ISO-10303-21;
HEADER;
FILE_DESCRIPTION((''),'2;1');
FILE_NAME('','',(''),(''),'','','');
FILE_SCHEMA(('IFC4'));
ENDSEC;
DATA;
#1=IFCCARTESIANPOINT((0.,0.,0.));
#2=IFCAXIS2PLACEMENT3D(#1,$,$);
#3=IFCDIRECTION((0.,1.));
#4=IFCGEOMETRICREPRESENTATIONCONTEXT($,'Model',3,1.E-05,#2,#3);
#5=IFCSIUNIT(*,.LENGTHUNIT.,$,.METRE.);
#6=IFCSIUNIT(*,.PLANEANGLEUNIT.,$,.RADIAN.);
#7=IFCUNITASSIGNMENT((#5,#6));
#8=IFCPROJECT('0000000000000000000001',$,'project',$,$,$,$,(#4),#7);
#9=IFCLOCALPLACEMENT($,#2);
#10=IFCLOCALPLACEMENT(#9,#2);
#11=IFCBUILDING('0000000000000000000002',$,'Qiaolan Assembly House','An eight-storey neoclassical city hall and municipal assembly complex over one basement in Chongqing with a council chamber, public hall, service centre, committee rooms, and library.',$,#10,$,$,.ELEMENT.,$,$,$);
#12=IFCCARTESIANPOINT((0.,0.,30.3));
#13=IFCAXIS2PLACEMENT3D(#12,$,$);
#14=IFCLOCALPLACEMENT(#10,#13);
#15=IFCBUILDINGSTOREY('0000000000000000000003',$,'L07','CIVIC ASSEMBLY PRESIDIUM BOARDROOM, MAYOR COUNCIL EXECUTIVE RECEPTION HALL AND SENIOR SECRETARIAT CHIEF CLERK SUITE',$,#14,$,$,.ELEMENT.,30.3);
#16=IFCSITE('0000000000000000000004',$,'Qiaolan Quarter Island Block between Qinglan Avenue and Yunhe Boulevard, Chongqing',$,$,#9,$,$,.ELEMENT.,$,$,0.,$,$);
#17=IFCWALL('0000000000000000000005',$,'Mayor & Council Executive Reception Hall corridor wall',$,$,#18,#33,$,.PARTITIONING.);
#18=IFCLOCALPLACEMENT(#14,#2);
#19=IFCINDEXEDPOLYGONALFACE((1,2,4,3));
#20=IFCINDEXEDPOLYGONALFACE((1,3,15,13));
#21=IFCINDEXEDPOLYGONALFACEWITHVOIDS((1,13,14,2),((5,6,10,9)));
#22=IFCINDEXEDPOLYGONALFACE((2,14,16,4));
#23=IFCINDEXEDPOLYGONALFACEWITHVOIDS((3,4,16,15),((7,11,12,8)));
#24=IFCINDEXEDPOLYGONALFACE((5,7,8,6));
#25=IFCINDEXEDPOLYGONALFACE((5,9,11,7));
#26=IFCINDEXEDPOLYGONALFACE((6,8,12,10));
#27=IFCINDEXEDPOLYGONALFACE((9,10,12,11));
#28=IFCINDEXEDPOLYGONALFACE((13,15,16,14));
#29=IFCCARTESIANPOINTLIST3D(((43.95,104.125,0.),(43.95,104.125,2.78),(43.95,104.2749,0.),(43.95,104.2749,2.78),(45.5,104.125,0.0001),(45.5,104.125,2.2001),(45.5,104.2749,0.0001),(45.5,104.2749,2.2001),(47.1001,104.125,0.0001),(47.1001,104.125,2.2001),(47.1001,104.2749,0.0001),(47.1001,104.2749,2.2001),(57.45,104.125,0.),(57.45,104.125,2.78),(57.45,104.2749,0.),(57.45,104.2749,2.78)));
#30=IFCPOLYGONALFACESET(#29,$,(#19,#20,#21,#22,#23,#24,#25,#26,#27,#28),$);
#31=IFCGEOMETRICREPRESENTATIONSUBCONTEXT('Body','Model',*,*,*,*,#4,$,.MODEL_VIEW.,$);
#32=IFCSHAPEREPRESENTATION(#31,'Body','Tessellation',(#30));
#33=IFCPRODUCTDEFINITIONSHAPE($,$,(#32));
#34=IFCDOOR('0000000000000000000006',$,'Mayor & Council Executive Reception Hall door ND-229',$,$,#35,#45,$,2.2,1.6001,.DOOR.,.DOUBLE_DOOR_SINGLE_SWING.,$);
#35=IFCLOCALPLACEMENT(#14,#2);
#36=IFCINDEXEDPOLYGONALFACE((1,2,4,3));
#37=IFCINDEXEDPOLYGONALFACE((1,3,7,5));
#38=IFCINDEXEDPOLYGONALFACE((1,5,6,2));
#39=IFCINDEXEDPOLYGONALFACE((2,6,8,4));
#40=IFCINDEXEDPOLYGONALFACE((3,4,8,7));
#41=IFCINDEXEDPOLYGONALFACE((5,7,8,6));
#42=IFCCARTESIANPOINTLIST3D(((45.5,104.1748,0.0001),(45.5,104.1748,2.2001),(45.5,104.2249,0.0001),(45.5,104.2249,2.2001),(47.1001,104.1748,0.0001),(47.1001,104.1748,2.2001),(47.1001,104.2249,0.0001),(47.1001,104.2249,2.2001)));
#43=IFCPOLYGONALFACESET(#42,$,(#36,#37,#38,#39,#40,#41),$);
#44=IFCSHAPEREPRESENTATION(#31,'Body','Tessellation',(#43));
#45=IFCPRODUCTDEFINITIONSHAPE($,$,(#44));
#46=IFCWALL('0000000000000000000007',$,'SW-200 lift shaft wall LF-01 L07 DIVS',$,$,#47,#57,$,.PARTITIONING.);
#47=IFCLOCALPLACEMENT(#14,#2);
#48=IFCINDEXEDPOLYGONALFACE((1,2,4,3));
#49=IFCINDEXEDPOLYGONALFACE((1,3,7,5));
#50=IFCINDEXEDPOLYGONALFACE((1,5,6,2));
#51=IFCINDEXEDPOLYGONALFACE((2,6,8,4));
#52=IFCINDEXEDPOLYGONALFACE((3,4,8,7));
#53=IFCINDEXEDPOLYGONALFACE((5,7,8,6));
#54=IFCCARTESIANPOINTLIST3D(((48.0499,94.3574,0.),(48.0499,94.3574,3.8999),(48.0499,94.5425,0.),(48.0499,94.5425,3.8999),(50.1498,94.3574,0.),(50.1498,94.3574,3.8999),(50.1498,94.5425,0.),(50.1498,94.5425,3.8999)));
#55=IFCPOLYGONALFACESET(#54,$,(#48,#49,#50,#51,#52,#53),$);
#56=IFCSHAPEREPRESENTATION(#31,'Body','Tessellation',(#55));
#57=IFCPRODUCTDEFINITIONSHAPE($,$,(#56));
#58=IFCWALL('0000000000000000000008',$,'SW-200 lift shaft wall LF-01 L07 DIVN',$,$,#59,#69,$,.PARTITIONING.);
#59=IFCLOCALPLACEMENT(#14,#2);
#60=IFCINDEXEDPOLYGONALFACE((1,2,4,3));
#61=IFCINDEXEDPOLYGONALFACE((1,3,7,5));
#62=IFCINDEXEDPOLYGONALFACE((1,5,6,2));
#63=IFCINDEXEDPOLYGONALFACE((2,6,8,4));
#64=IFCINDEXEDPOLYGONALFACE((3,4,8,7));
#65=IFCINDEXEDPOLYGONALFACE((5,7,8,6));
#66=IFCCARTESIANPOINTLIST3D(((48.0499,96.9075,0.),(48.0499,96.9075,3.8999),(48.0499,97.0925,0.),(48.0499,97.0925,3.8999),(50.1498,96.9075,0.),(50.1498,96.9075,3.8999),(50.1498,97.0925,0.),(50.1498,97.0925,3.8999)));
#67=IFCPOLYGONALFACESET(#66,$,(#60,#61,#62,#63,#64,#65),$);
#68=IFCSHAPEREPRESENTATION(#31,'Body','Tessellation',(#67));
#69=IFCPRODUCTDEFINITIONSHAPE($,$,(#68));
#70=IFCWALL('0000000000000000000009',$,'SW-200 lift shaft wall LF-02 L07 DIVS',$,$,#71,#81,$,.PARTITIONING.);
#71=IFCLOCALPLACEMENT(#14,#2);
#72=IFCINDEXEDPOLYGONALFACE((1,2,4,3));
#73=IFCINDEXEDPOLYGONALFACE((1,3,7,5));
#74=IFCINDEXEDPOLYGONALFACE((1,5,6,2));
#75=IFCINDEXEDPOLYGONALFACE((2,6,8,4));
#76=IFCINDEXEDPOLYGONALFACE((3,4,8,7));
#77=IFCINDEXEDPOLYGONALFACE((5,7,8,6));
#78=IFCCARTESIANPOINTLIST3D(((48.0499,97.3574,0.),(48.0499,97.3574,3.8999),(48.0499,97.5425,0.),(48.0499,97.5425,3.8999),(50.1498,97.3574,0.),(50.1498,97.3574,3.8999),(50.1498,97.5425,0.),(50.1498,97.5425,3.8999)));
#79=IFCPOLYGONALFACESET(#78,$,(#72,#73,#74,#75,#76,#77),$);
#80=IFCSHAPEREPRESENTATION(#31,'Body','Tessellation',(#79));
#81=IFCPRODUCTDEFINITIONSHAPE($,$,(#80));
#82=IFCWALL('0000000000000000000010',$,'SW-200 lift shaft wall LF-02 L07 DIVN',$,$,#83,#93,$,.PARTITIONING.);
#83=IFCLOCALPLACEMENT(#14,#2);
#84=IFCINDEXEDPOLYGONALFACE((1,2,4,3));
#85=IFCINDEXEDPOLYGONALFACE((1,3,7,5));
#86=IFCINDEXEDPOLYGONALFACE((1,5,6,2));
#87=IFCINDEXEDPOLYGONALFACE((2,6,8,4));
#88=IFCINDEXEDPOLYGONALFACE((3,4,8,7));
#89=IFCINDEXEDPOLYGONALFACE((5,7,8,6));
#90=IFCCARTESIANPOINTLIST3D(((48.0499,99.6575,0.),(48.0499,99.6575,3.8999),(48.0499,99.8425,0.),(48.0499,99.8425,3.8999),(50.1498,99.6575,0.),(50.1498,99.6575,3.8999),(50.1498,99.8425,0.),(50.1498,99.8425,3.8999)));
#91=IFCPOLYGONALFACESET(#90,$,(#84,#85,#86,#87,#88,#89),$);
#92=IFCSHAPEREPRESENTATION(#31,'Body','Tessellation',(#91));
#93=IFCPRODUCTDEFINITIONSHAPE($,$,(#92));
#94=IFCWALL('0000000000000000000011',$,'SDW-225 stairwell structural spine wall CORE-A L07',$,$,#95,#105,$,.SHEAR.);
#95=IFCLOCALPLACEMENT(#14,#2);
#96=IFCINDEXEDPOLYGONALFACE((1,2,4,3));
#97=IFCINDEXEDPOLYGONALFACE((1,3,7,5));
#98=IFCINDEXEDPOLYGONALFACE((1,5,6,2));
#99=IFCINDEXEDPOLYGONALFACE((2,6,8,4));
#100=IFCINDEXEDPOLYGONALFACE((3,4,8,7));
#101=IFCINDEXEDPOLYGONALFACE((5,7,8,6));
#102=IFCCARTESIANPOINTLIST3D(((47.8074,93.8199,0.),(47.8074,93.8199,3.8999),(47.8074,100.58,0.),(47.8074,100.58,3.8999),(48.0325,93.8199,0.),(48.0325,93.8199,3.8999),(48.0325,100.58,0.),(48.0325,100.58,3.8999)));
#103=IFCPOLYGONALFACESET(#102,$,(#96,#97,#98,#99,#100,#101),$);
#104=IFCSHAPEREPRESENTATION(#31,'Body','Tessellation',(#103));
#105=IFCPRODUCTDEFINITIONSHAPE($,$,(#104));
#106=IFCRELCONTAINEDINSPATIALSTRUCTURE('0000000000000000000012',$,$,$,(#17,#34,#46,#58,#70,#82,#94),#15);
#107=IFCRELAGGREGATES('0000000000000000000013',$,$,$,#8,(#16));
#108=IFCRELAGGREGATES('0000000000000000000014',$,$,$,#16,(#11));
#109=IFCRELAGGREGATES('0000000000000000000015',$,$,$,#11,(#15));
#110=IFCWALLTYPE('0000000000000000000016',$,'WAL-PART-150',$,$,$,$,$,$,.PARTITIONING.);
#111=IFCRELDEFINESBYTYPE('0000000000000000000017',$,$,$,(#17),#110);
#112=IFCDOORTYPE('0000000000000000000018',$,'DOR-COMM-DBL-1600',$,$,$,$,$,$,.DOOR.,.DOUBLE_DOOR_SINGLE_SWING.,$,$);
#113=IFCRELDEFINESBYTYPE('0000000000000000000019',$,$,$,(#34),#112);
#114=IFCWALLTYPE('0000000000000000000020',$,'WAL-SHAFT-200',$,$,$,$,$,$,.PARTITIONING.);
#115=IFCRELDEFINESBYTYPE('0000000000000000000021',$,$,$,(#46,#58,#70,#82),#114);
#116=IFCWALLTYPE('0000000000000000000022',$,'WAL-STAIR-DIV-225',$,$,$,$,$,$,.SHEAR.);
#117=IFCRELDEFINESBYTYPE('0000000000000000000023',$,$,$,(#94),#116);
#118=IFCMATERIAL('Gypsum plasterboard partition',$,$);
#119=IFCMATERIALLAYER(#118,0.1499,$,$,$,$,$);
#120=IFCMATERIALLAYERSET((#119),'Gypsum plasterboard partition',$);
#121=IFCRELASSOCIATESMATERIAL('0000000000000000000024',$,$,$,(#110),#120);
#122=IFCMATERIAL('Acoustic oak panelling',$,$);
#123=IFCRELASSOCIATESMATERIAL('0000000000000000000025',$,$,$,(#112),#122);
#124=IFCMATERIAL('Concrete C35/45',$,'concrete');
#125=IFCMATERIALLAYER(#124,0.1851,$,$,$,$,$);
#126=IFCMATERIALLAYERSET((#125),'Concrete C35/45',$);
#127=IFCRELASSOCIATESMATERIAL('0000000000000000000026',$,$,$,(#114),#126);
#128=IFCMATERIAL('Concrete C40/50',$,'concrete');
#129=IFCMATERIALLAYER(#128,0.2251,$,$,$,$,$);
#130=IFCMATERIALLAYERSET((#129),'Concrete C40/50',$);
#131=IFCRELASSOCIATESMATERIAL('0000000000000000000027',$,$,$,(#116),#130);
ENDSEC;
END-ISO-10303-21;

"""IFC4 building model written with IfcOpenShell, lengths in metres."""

from ifc_helpers import new_model, si_unit, direction, frame, frame_2d, origin, place, context, subcontext, project, spatial, rectangle, extrude, material, layer, layer_set, type_object, element, fill, save


model = new_model("IFC4")

# Units and contexts
model_context = context("Model", 3, precision=1e-05, world=origin(), true_north=direction((0.0, 1.0)))
body_context = subcontext(model_context, "Body", "Model", "MODEL_VIEW")
ifc_project = project(units=[si_unit("LENGTHUNIT", "METRE"), si_unit("PLANEANGLEUNIT", "RADIAN")], contexts=[model_context])

# Site, building, storey
site_placement = place(None, origin())
site = spatial("IfcSite", under=ifc_project, at=site_placement, Name="Qiaolan Quarter Island Block between Qinglan Avenue and Yunhe Boulevard, Chongqing", CompositionType="ELEMENT", RefElevation=0.0)
building_placement = place(site_placement, origin())
building = spatial("IfcBuilding", under=site, at=building_placement, Name="Qiaolan Assembly House", Description="An eight-storey neoclassical city hall and municipal assembly complex over one basement in Chongqing with a council chamber, public hall, service centre, committee rooms, and library.", CompositionType="ELEMENT")
storey_placement = place(building_placement, frame((0.0, 0.0, 30.3)))
storey = spatial("IfcBuildingStorey", under=building, at=storey_placement, Name="L07", Description="CIVIC ASSEMBLY PRESIDIUM BOARDROOM, MAYOR COUNCIL EXECUTIVE RECEPTION HALL AND SENIOR SECRETARIAT CHIEF CLERK SUITE", CompositionType="ELEMENT", Elevation=30.3)

# Shared definitions
ifc_material_1 = material(Name="Concrete C40/50", Category="concrete")

# Wall, opening, door
ifc_material_2 = material(Name="Gypsum plasterboard partition")
ifc_layer_1 = layer(ifc_material_2, 0.1499)
ifc_layer_set_1 = layer_set([ifc_layer_1], Name="Gypsum plasterboard partition")
wall_type_1 = type_object("IfcWallType", Name="WAL-PART-150", PredefinedType="PARTITIONING", material=ifc_layer_set_1)
wall_1_placement = place(storey_placement, frame((43.95, 104.2, 0.0), z_axis=(0.0, 0.0, 1.0), x_axis=(1.0, 0.0, 0.0)))
wall_1 = element("IfcWall", 1, at=wall_1_placement, inside=storey, type_object=wall_type_1, Name="Mayor & Council Executive Reception Hall corridor wall", PredefinedType="PARTITIONING", context=body_context, shape_type="SweptSolid", body=[
    extrude(rectangle(XDim=13.5, YDim=0.1499, at=frame_2d((6.75, 0.0))), origin(), (0.0, 0.0, 1.0), 2.78),
])
opening_1_placement = place(wall_1_placement, frame((1.55, 0.0, 0.0)))
opening_1 = element("IfcOpeningElement", 2, at=opening_1_placement, cuts=wall_1, PredefinedType="OPENING", context=body_context, shape_type="SweptSolid", body=[
    extrude(rectangle(XDim=1.6001, YDim=2.2, at=frame_2d((0.8, 1.1001))), frame((0.0, 0.085, 0.0), z_axis=(0.0, -1.0, 0.0), x_axis=(1.0, 0.0, 0.0)), (0.0, 0.0, 1.0), 0.1699),
])
ifc_material_3 = material(Name="Acoustic oak panelling")
door_type_1 = type_object("IfcDoorType", Name="DOR-COMM-DBL-1600", OperationType="DOUBLE_DOOR_SINGLE_SWING", PredefinedType="DOOR", material=ifc_material_3)
door_1_placement = place(opening_1_placement, origin())
door_1 = element("IfcDoor", 3, at=door_1_placement, inside=storey, type_object=door_type_1, Name="Mayor & Council Executive Reception Hall door ND-229", OperationType="DOUBLE_DOOR_SINGLE_SWING", OverallHeight=2.2, OverallWidth=1.6001, PredefinedType="DOOR", context=body_context, shape_type="SweptSolid", body=[
    extrude(rectangle(XDim=1.6001, YDim=2.2, at=frame_2d((0.8, 1.1001))), frame((0.0, 0.0249, 0.0), z_axis=(0.0, -1.0, 0.0), x_axis=(1.0, 0.0, 0.0)), (0.0, 0.0, 1.0), 0.05),
])
fill(opening_1, door_1)

# Walls
ifc_material_4 = material(Name="Concrete C35/45", Category="concrete")
ifc_layer_2 = layer(ifc_material_4, 0.1851)
ifc_layer_set_2 = layer_set([ifc_layer_2], Name="Concrete C35/45")
wall_type_2 = type_object("IfcWallType", Name="WAL-SHAFT-200", PredefinedType="PARTITIONING", material=ifc_layer_set_2)
for number, where, z_axis, x_axis, name in (
    (4, (48.05, 94.45, 0.0), (0.0, 0.0, 1.0), (1.0, 0.0, 0.0), "SW-200 lift shaft wall LF-01 L07 DIVS"),
    (5, (48.05, 97.0, 0.0), (0.0, 0.0, 1.0), (1.0, 0.0, 0.0), "SW-200 lift shaft wall LF-01 L07 DIVN"),
    (6, (48.05, 97.45, 0.0), (0.0, 0.0, 1.0), (1.0, 0.0, 0.0), "SW-200 lift shaft wall LF-02 L07 DIVS"),
    (7, (48.05, 99.75, 0.0), (0.0, 0.0, 1.0), (1.0, 0.0, 0.0), "SW-200 lift shaft wall LF-02 L07 DIVN"),
):
    element("IfcWall", number, at=place(storey_placement, frame(where, z_axis=z_axis, x_axis=x_axis)), inside=storey, type_object=wall_type_2, Name=name, PredefinedType="PARTITIONING", context=body_context, shape_type="SweptSolid", body=[
        extrude(rectangle(XDim=2.0999, YDim=0.1851, at=frame_2d((1.0498, 0.0))), origin(), (0.0, 0.0, 1.0), 3.8999),
    ])
ifc_layer_3 = layer(ifc_material_1, 0.2251)
ifc_layer_set_3 = layer_set([ifc_layer_3], Name="Concrete C40/50")
wall_type_3 = type_object("IfcWallType", Name="WAL-STAIR-DIV-225", PredefinedType="SHEAR", material=ifc_layer_set_3)
wall_2_placement = place(storey_placement, frame((47.9199, 93.8201, 0.0), z_axis=(0.0, 0.0, 1.0), x_axis=(0.0, 1.0, 0.0)))
element("IfcWall", 8, at=wall_2_placement, inside=storey, type_object=wall_type_3, Name="SDW-225 stairwell structural spine wall CORE-A L07", PredefinedType="SHEAR", context=body_context, shape_type="SweptSolid", body=[
    extrude(rectangle(XDim=6.76, YDim=0.2251, at=frame_2d((3.3799, 0.0))), origin(), (0.0, 0.0, 1.0), 3.8999),
])

save(model, "model.ifc")
